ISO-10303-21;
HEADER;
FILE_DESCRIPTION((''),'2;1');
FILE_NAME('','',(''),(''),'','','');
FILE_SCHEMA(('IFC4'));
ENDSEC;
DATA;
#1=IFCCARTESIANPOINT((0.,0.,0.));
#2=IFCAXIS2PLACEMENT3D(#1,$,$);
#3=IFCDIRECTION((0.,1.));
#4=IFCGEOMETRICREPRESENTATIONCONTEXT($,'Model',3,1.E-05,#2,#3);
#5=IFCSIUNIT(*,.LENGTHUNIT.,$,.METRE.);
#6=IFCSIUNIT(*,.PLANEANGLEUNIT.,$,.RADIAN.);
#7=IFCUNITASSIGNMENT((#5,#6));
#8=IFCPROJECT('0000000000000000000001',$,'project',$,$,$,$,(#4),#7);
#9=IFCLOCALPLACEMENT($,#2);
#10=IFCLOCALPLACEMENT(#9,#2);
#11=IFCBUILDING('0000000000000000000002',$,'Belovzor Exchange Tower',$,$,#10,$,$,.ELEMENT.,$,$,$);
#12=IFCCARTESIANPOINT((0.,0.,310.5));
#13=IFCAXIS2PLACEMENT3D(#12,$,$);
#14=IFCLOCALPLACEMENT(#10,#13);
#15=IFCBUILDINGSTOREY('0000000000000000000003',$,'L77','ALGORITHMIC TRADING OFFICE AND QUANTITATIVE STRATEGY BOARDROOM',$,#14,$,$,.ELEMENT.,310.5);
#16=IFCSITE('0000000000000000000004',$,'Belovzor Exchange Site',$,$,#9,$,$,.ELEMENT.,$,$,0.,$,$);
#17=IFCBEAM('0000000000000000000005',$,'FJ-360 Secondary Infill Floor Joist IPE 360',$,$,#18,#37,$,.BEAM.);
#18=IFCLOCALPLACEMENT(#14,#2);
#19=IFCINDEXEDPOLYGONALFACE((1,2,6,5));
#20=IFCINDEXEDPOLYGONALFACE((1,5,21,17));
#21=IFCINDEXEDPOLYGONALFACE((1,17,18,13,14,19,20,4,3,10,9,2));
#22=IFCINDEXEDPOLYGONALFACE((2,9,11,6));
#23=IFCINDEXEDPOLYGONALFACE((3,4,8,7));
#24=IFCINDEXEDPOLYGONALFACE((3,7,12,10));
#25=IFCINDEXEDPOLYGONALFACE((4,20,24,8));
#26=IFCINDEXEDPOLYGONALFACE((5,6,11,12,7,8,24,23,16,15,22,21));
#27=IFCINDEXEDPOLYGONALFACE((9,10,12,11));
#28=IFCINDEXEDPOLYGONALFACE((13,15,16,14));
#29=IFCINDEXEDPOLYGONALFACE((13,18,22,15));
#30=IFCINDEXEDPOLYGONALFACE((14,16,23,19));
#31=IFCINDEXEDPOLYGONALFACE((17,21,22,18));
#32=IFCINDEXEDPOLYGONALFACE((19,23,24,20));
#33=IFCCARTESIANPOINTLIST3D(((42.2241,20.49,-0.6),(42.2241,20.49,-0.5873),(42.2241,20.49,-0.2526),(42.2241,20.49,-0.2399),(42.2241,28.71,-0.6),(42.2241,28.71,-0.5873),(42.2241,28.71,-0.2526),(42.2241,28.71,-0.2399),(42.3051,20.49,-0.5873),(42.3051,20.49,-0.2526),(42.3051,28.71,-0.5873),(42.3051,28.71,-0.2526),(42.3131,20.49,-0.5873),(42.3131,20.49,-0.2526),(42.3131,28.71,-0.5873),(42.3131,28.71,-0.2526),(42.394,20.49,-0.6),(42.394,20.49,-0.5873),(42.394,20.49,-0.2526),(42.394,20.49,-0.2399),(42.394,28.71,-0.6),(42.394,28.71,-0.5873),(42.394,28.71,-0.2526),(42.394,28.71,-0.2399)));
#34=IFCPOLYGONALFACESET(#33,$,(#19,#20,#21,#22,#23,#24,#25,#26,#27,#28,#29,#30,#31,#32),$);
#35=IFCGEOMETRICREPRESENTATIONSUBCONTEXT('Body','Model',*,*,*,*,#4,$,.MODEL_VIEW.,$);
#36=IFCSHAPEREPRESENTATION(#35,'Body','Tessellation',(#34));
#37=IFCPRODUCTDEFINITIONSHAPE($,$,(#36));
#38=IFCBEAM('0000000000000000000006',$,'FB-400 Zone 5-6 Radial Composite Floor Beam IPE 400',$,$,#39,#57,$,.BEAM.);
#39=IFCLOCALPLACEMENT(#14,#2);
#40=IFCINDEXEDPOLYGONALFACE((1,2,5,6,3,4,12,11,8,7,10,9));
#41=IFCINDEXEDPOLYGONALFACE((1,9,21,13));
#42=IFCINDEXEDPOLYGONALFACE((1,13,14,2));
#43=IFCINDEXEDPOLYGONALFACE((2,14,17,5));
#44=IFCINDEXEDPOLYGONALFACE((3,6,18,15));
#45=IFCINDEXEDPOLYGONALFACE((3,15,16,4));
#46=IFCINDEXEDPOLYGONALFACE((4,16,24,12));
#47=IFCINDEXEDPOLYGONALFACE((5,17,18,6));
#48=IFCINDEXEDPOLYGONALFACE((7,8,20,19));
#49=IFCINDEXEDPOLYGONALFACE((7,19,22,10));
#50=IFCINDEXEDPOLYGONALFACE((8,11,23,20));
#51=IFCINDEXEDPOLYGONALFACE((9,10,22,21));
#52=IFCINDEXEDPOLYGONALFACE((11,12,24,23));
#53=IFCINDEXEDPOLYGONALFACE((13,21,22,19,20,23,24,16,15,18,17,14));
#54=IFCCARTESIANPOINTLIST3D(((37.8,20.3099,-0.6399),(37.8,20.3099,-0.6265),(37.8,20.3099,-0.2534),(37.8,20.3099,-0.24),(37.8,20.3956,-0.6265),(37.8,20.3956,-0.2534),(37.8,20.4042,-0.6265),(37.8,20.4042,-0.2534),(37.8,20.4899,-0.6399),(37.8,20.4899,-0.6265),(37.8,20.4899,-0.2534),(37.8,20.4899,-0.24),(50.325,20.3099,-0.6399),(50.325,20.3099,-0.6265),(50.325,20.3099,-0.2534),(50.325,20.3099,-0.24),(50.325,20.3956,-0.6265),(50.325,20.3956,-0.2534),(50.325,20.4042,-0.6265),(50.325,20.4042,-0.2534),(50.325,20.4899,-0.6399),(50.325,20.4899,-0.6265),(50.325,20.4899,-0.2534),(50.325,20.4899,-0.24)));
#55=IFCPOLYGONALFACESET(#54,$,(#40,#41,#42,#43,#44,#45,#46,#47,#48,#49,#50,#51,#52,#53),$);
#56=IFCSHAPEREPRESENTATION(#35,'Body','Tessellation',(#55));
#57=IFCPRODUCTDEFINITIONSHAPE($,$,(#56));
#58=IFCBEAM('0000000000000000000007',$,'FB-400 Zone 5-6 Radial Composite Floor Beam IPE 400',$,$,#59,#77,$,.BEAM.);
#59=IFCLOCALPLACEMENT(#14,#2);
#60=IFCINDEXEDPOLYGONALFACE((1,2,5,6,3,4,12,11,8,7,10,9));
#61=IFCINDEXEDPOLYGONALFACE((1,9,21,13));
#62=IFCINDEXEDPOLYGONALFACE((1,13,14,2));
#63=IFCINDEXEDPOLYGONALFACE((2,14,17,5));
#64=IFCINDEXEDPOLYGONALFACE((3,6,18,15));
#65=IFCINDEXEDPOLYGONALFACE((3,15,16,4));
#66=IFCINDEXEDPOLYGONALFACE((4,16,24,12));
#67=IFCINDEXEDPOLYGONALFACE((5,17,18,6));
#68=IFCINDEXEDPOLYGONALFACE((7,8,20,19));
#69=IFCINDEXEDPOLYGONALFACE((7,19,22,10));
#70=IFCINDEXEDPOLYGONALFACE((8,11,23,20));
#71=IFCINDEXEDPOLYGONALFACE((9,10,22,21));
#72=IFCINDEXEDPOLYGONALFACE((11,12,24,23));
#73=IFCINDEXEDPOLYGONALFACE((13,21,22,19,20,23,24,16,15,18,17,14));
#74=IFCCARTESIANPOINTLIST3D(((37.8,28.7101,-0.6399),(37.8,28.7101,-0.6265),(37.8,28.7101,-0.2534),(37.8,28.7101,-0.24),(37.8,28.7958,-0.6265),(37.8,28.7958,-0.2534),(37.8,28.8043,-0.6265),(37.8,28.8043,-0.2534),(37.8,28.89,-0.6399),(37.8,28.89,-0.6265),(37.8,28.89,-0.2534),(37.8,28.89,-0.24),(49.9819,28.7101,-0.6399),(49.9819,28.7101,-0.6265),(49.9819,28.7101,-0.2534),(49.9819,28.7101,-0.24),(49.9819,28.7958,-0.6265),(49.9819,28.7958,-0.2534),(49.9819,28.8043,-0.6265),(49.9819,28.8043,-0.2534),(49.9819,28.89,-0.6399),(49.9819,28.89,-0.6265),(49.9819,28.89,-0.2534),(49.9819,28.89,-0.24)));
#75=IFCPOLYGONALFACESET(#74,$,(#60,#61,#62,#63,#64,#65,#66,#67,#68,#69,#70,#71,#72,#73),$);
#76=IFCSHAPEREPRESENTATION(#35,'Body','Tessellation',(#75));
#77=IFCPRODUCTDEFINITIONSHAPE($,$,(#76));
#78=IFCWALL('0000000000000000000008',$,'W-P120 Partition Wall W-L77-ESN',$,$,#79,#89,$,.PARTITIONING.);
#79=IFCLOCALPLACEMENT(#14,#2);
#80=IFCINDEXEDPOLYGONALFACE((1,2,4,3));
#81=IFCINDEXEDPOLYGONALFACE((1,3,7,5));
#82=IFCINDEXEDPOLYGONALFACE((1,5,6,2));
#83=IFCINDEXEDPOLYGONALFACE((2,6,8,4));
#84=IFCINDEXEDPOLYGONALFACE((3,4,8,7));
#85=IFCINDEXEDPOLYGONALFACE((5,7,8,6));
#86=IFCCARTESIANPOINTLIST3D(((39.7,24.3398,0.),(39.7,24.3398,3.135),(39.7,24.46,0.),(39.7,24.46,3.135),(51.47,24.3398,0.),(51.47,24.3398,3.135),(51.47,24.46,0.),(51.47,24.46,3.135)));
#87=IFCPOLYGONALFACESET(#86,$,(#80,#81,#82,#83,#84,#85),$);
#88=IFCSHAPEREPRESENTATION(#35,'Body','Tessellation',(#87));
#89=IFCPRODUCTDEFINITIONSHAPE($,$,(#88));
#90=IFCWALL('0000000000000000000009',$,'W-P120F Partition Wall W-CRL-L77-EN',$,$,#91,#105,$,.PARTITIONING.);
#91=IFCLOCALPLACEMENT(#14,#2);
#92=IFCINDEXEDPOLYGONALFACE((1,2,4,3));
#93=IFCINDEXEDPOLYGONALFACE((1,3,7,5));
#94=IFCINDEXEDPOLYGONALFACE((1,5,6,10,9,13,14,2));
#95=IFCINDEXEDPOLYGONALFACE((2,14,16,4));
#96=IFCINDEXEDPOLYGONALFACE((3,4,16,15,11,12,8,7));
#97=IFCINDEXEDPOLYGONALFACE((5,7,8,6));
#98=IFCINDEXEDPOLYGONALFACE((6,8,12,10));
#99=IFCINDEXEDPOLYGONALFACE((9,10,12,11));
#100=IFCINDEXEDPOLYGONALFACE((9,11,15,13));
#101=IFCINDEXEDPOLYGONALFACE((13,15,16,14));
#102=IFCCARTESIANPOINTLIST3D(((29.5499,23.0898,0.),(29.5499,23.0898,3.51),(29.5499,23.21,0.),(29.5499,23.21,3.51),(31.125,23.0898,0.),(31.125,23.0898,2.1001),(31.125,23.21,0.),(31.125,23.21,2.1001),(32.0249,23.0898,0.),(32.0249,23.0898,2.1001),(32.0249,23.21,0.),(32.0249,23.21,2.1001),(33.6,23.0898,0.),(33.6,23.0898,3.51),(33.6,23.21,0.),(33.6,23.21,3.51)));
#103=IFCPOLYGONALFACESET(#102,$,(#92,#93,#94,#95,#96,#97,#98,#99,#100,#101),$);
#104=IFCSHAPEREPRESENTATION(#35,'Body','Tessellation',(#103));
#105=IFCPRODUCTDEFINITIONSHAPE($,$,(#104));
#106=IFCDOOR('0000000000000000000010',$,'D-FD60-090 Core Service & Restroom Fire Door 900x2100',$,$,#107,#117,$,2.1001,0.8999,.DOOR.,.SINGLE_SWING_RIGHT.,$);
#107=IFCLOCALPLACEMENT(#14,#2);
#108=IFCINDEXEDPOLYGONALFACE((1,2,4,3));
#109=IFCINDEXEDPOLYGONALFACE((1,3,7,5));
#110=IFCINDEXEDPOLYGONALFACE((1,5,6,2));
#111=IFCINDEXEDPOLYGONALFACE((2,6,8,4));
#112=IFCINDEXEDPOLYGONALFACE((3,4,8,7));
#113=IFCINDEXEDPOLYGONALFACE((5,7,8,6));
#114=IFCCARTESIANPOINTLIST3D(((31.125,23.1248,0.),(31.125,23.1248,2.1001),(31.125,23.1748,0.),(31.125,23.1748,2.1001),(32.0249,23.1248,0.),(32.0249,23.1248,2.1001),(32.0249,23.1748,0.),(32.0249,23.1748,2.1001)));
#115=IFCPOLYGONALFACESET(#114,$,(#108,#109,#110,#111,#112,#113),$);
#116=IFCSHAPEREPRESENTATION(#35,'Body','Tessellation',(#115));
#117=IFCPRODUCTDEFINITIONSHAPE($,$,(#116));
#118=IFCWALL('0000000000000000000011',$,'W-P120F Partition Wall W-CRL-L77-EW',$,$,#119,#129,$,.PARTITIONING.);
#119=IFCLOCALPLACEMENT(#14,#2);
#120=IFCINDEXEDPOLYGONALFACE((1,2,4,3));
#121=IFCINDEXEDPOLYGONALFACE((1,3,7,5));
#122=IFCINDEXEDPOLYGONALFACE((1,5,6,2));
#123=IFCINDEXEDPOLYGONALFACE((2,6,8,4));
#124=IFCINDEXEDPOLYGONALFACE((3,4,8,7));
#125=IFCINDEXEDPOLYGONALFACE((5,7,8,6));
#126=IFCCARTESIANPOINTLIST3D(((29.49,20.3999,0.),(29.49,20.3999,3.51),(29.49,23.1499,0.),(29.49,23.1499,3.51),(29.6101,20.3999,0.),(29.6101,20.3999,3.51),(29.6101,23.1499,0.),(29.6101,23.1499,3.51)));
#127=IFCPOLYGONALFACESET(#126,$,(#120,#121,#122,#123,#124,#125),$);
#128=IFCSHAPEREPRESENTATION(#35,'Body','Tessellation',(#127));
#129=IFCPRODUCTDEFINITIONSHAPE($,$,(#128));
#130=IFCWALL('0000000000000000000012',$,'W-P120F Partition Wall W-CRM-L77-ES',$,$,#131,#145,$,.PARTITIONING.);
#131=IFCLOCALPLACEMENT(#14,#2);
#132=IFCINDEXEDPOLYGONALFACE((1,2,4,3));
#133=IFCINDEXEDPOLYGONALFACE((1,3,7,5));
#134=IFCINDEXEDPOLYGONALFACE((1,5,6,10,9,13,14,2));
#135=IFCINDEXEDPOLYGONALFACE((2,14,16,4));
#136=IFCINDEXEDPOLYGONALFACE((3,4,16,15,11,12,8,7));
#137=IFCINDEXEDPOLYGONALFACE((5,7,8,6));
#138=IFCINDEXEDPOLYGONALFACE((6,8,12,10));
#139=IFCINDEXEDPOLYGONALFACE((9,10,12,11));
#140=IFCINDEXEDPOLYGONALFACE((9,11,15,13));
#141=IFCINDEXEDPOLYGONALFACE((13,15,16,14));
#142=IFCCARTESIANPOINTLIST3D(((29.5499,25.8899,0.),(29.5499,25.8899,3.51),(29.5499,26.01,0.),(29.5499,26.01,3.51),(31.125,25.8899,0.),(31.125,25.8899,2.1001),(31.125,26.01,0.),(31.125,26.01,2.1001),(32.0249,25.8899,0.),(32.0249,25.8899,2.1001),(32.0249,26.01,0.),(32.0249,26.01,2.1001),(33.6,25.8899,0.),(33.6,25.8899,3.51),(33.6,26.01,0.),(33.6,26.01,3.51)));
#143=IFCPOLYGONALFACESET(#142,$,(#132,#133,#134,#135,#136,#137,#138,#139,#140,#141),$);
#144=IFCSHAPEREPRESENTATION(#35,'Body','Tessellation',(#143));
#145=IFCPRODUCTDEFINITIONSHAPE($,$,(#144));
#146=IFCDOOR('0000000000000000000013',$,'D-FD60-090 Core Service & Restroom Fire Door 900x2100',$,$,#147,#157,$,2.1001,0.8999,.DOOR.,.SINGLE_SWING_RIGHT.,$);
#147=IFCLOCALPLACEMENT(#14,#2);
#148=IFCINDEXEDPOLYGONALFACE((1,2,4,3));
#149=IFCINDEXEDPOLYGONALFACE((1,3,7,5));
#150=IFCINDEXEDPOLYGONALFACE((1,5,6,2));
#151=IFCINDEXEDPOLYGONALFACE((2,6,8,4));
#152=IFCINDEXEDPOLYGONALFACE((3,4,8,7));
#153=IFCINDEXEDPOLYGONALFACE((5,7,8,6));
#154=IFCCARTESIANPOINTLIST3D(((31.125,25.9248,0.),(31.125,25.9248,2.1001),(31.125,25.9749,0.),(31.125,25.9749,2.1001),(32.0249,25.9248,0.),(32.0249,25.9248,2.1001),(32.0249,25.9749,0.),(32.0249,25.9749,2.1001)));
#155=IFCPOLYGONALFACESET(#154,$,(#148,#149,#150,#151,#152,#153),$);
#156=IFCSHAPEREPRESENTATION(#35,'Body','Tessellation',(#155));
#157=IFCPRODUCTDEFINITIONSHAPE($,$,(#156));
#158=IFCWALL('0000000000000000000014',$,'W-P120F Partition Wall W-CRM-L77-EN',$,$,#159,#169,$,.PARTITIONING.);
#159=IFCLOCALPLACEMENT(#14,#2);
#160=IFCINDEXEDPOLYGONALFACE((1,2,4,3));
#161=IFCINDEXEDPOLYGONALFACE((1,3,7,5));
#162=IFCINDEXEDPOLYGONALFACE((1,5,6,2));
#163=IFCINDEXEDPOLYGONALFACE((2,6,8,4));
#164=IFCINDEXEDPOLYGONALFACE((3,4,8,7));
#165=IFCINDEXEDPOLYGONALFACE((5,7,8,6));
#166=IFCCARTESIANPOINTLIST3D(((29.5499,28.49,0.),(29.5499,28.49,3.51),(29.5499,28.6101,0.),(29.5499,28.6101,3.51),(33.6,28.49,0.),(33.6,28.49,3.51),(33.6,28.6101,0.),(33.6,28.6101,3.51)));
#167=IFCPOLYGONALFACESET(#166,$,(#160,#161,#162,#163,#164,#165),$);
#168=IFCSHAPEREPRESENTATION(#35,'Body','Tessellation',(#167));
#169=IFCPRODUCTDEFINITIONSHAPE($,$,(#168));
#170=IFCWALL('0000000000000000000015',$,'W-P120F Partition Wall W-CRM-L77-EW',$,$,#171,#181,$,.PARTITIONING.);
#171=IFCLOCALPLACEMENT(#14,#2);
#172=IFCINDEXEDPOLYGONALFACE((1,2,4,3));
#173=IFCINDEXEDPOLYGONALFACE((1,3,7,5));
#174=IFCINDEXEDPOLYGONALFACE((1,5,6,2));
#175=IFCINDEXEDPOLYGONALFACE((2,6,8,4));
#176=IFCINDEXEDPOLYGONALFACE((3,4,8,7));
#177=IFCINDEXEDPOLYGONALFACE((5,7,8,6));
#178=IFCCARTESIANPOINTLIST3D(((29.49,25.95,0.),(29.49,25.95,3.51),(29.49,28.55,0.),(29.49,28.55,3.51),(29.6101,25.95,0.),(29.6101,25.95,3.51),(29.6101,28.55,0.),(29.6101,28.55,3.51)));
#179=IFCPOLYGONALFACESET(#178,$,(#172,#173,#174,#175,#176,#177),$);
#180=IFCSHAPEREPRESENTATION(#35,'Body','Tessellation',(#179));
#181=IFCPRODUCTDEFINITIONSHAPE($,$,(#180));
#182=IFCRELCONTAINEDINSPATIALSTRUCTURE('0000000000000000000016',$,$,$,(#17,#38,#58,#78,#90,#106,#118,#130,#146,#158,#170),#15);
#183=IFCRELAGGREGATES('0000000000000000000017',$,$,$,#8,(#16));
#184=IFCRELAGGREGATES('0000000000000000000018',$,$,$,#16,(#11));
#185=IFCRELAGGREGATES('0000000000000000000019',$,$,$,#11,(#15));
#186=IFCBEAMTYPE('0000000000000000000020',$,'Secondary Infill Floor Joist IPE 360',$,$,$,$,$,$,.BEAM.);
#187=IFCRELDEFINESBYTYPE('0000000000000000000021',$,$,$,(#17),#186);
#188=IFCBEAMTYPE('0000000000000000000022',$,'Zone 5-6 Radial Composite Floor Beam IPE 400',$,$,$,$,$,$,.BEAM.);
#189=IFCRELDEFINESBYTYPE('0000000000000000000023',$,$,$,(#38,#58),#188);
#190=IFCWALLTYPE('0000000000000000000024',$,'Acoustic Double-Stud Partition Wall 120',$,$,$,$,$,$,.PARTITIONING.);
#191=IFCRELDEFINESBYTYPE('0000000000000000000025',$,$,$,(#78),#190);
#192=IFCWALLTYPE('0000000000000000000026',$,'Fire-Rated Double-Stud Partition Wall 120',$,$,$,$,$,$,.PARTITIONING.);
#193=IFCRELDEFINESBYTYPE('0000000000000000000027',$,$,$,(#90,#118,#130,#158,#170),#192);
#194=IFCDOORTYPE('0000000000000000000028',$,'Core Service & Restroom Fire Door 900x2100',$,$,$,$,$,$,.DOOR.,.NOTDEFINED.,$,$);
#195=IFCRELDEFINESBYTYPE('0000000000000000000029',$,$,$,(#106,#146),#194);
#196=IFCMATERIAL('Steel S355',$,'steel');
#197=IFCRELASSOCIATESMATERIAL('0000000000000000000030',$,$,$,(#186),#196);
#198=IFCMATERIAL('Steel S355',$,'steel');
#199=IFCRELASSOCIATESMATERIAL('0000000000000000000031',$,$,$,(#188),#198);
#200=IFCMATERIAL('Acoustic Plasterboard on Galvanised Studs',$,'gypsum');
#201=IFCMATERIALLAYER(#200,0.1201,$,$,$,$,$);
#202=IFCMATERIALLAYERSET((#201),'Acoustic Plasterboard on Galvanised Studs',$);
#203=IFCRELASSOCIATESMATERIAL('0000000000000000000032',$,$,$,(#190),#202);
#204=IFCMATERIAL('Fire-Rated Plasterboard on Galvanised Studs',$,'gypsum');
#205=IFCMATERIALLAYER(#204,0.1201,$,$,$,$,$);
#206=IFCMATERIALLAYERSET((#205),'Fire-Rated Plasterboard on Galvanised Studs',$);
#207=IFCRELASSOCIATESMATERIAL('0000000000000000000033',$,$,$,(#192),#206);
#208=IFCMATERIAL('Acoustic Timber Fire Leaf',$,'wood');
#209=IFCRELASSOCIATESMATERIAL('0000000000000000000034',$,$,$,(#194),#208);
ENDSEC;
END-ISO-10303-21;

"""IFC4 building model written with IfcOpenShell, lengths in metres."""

from ifc_helpers import new_model, si_unit, direction, frame, frame_2d, origin, origin_2d, place, context, subcontext, project, spatial, rectangle, i_section, extrude, material, layer, layer_set, material_profile, profile_set, type_object, element, fill, save


model = new_model("IFC4")

# Units and contexts
model_context = context("Model", 3, precision=1e-05, world=origin(), true_north=direction((0.0, 1.0)))
body_context = subcontext(model_context, "Body", "Model", "MODEL_VIEW")
ifc_project = project(units=[si_unit("LENGTHUNIT", "METRE"), si_unit("PLANEANGLEUNIT", "RADIAN")], contexts=[model_context])

# Site, building, storey
site_placement = place(None, origin())
site = spatial("IfcSite", under=ifc_project, at=site_placement, Name="Belovzor Exchange Site", CompositionType="ELEMENT", RefElevation=0.0)
building_placement = place(site_placement, origin())
building = spatial("IfcBuilding", under=site, at=building_placement, Name="Belovzor Exchange Tower", CompositionType="ELEMENT")
storey_placement = place(building_placement, frame((0.0, 0.0, 310.5)))
storey = spatial("IfcBuildingStorey", under=building, at=storey_placement, Name="L77", Description="ALGORITHMIC TRADING OFFICE AND QUANTITATIVE STRATEGY BOARDROOM", CompositionType="ELEMENT", Elevation=310.5)

# Beams
ifc_material_1 = material(Name="Steel S355", Category="steel")
ifc_material_profile_1 = material_profile(ifc_material_1, i_section(OverallWidth=0.1699, OverallDepth=0.3601, WebThickness=0.0081, FlangeThickness=0.0127, at=origin_2d()))
ifc_profile_set_1 = profile_set([ifc_material_profile_1], Name="Steel S355")
beam_type_1 = type_object("IfcBeamType", Name="Secondary Infill Floor Joist IPE 360", PredefinedType="BEAM", material=ifc_profile_set_1)
beam_1_placement = place(storey_placement, frame((42.3091, 20.49, -0.4199), z_axis=(0.0, 1.0, 0.0), x_axis=(-1.0, 0.0, 0.0)))
element("IfcBeam", 1, at=beam_1_placement, inside=storey, type_object=beam_type_1, Name="FJ-360 Secondary Infill Floor Joist IPE 360", PredefinedType="BEAM", context=body_context, shape_type="SweptSolid", body=[
    extrude(i_section(OverallWidth=0.1699, OverallDepth=0.3601, WebThickness=0.0081, FlangeThickness=0.0127, at=origin_2d()), origin(), (0.0, 0.0, 1.0), 8.22),
])
ifc_material_2 = material(Name="Steel S355", Category="steel")
ifc_material_profile_2 = material_profile(ifc_material_2, i_section(OverallWidth=0.1799, OverallDepth=0.3999, WebThickness=0.0085, FlangeThickness=0.0134, at=origin_2d()))
ifc_profile_set_2 = profile_set([ifc_material_profile_2], Name="Steel S355")
beam_type_2 = type_object("IfcBeamType", Name="Zone 5-6 Radial Composite Floor Beam IPE 400", PredefinedType="BEAM", material=ifc_profile_set_2)
beam_2_placement = place(storey_placement, frame((37.8, 20.3999, -0.4399), z_axis=(1.0, 0.0, 0.0), x_axis=(0.0, 1.0, 0.0)))
element("IfcBeam", 2, at=beam_2_placement, inside=storey, type_object=beam_type_2, Name="FB-400 Zone 5-6 Radial Composite Floor Beam IPE 400", PredefinedType="BEAM", context=body_context, shape_type="SweptSolid", body=[
    extrude(i_section(OverallWidth=0.1799, OverallDepth=0.3999, WebThickness=0.0085, FlangeThickness=0.0134, at=origin_2d()), origin(), (0.0, 0.0, 1.0), 12.5249),
])
beam_3_placement = place(storey_placement, frame((37.8, 28.8, -0.4399), z_axis=(1.0, 0.0, 0.0), x_axis=(0.0, 1.0, 0.0)))
element("IfcBeam", 3, at=beam_3_placement, inside=storey, type_object=beam_type_2, Name="FB-400 Zone 5-6 Radial Composite Floor Beam IPE 400", PredefinedType="BEAM", context=body_context, shape_type="SweptSolid", body=[
    extrude(i_section(OverallWidth=0.1799, OverallDepth=0.3999, WebThickness=0.0085, FlangeThickness=0.0134, at=origin_2d()), origin(), (0.0, 0.0, 1.0), 12.1819),
])

# Wall
ifc_material_3 = material(Name="Acoustic Plasterboard on Galvanised Studs", Category="gypsum")
ifc_layer_1 = layer(ifc_material_3, 0.1201)
ifc_layer_set_1 = layer_set([ifc_layer_1], Name="Acoustic Plasterboard on Galvanised Studs")
wall_type_1 = type_object("IfcWallType", Name="Acoustic Double-Stud Partition Wall 120", PredefinedType="PARTITIONING", material=ifc_layer_set_1)
wall_1_placement = place(storey_placement, frame((39.7, 24.3999, 0.0), z_axis=(0.0, 0.0, 1.0), x_axis=(1.0, 0.0, 0.0)))
element("IfcWall", 4, at=wall_1_placement, inside=storey, type_object=wall_type_1, Name="W-P120 Partition Wall W-L77-ESN", PredefinedType="PARTITIONING", context=body_context, shape_type="SweptSolid", body=[
    extrude(rectangle(XDim=11.77, YDim=0.1201, at=frame_2d((5.885, 0.0))), origin(), (0.0, 0.0, 1.0), 3.135),
])

# Wall, opening, door
ifc_material_4 = material(Name="Fire-Rated Plasterboard on Galvanised Studs", Category="gypsum")
ifc_layer_2 = layer(ifc_material_4, 0.1201)
ifc_layer_set_2 = layer_set([ifc_layer_2], Name="Fire-Rated Plasterboard on Galvanised Studs")
wall_type_2 = type_object("IfcWallType", Name="Fire-Rated Double-Stud Partition Wall 120", PredefinedType="PARTITIONING", material=ifc_layer_set_2)
wall_2_placement = place(storey_placement, frame((29.55, 23.1499, 0.0), z_axis=(0.0, 0.0, 1.0), x_axis=(1.0, 0.0, 0.0)))
wall_2 = element("IfcWall", 5, at=wall_2_placement, inside=storey, type_object=wall_type_2, Name="W-P120F Partition Wall W-CRL-L77-EN", PredefinedType="PARTITIONING", context=body_context, shape_type="SweptSolid", body=[
    extrude(rectangle(XDim=4.05, YDim=0.1201, at=frame_2d((2.0249, 0.0))), origin(), (0.0, 0.0, 1.0), 3.51),
])
opening_1_placement = place(wall_2_placement, frame((1.575, 0.0, 0.0)))
opening_1 = element("IfcOpeningElement", 6, at=opening_1_placement, cuts=wall_2, PredefinedType="OPENING", context=body_context, shape_type="SweptSolid", body=[
    extrude(rectangle(XDim=0.8999, YDim=2.1001, at=frame_2d((0.45, 1.05))), frame((0.0, 0.0701, 0.0), z_axis=(0.0, -1.0, 0.0), x_axis=(1.0, 0.0, 0.0)), (0.0, 0.0, 1.0), 0.1401),
])
ifc_material_5 = material(Name="Acoustic Timber Fire Leaf", Category="wood")
door_type_1 = type_object("IfcDoorType", Name="Core Service & Restroom Fire Door 900x2100", OperationType="NOTDEFINED", PredefinedType="DOOR", material=ifc_material_5)
door_1_placement = place(opening_1_placement, origin())
door_1 = element("IfcDoor", 7, at=door_1_placement, inside=storey, type_object=door_type_1, Name="D-FD60-090 Core Service & Restroom Fire Door 900x2100", OperationType="SINGLE_SWING_RIGHT", OverallHeight=2.1001, OverallWidth=0.8999, PredefinedType="DOOR", context=body_context, shape_type="SweptSolid", body=[
    extrude(rectangle(XDim=0.8999, YDim=2.1001, at=frame_2d((0.45, 1.05))), frame((0.0, 0.0249, 0.0), z_axis=(0.0, -1.0, 0.0), x_axis=(1.0, 0.0, 0.0)), (0.0, 0.0, 1.0), 0.05),
])
fill(opening_1, door_1)

# Wall
wall_3_placement = place(storey_placement, frame((29.55, 20.3999, 0.0), z_axis=(0.0, 0.0, 1.0), x_axis=(0.0, 1.0, 0.0)))
element("IfcWall", 8, at=wall_3_placement, inside=storey, type_object=wall_type_2, Name="W-P120F Partition Wall W-CRL-L77-EW", PredefinedType="PARTITIONING", context=body_context, shape_type="SweptSolid", body=[
    extrude(rectangle(XDim=2.75, YDim=0.1201, at=frame_2d((1.375, 0.0))), origin(), (0.0, 0.0, 1.0), 3.51),
])

# Wall, opening, door
wall_4_placement = place(storey_placement, frame((29.55, 25.95, 0.0), z_axis=(0.0, 0.0, 1.0), x_axis=(1.0, 0.0, 0.0)))
wall_4 = element("IfcWall", 9, at=wall_4_placement, inside=storey, type_object=wall_type_2, Name="W-P120F Partition Wall W-CRM-L77-ES", PredefinedType="PARTITIONING", context=body_context, shape_type="SweptSolid", body=[
    extrude(rectangle(XDim=4.05, YDim=0.1201, at=frame_2d((2.0249, 0.0))), origin(), (0.0, 0.0, 1.0), 3.51),
])
opening_2_placement = place(wall_4_placement, frame((1.575, 0.0, 0.0)))
opening_2 = element("IfcOpeningElement", 10, at=opening_2_placement, cuts=wall_4, PredefinedType="OPENING", context=body_context, shape_type="SweptSolid", body=[
    extrude(rectangle(XDim=0.8999, YDim=2.1001, at=frame_2d((0.45, 1.05))), frame((0.0, 0.0701, 0.0), z_axis=(0.0, -1.0, 0.0), x_axis=(1.0, 0.0, 0.0)), (0.0, 0.0, 1.0), 0.1401),
])
door_2_placement = place(opening_2_placement, origin())
door_2 = element("IfcDoor", 11, at=door_2_placement, inside=storey, type_object=door_type_1, Name="D-FD60-090 Core Service & Restroom Fire Door 900x2100", OperationType="SINGLE_SWING_RIGHT", OverallHeight=2.1001, OverallWidth=0.8999, PredefinedType="DOOR", context=body_context, shape_type="SweptSolid", body=[
    extrude(rectangle(XDim=0.8999, YDim=2.1001, at=frame_2d((0.45, 1.05))), frame((0.0, 0.0249, 0.0), z_axis=(0.0, -1.0, 0.0), x_axis=(1.0, 0.0, 0.0)), (0.0, 0.0, 1.0), 0.05),
])
fill(opening_2, door_2)

# Walls
wall_5_placement = place(storey_placement, frame((29.55, 28.55, 0.0), z_axis=(0.0, 0.0, 1.0), x_axis=(1.0, 0.0, 0.0)))
element("IfcWall", 12, at=wall_5_placement, inside=storey, type_object=wall_type_2, Name="W-P120F Partition Wall W-CRM-L77-EN", PredefinedType="PARTITIONING", context=body_context, shape_type="SweptSolid", body=[
    extrude(rectangle(XDim=4.05, YDim=0.1201, at=frame_2d((2.0249, 0.0))), origin(), (0.0, 0.0, 1.0), 3.51),
])
wall_6_placement = place(storey_placement, frame((29.55, 25.95, 0.0), z_axis=(0.0, 0.0, 1.0), x_axis=(0.0, 1.0, 0.0)))
element("IfcWall", 13, at=wall_6_placement, inside=storey, type_object=wall_type_2, Name="W-P120F Partition Wall W-CRM-L77-EW", PredefinedType="PARTITIONING", context=body_context, shape_type="SweptSolid", body=[
    extrude(rectangle(XDim=2.6001, YDim=0.1201, at=frame_2d((1.3, 0.0))), origin(), (0.0, 0.0, 1.0), 3.51),
])

save(model, "model.ifc")
